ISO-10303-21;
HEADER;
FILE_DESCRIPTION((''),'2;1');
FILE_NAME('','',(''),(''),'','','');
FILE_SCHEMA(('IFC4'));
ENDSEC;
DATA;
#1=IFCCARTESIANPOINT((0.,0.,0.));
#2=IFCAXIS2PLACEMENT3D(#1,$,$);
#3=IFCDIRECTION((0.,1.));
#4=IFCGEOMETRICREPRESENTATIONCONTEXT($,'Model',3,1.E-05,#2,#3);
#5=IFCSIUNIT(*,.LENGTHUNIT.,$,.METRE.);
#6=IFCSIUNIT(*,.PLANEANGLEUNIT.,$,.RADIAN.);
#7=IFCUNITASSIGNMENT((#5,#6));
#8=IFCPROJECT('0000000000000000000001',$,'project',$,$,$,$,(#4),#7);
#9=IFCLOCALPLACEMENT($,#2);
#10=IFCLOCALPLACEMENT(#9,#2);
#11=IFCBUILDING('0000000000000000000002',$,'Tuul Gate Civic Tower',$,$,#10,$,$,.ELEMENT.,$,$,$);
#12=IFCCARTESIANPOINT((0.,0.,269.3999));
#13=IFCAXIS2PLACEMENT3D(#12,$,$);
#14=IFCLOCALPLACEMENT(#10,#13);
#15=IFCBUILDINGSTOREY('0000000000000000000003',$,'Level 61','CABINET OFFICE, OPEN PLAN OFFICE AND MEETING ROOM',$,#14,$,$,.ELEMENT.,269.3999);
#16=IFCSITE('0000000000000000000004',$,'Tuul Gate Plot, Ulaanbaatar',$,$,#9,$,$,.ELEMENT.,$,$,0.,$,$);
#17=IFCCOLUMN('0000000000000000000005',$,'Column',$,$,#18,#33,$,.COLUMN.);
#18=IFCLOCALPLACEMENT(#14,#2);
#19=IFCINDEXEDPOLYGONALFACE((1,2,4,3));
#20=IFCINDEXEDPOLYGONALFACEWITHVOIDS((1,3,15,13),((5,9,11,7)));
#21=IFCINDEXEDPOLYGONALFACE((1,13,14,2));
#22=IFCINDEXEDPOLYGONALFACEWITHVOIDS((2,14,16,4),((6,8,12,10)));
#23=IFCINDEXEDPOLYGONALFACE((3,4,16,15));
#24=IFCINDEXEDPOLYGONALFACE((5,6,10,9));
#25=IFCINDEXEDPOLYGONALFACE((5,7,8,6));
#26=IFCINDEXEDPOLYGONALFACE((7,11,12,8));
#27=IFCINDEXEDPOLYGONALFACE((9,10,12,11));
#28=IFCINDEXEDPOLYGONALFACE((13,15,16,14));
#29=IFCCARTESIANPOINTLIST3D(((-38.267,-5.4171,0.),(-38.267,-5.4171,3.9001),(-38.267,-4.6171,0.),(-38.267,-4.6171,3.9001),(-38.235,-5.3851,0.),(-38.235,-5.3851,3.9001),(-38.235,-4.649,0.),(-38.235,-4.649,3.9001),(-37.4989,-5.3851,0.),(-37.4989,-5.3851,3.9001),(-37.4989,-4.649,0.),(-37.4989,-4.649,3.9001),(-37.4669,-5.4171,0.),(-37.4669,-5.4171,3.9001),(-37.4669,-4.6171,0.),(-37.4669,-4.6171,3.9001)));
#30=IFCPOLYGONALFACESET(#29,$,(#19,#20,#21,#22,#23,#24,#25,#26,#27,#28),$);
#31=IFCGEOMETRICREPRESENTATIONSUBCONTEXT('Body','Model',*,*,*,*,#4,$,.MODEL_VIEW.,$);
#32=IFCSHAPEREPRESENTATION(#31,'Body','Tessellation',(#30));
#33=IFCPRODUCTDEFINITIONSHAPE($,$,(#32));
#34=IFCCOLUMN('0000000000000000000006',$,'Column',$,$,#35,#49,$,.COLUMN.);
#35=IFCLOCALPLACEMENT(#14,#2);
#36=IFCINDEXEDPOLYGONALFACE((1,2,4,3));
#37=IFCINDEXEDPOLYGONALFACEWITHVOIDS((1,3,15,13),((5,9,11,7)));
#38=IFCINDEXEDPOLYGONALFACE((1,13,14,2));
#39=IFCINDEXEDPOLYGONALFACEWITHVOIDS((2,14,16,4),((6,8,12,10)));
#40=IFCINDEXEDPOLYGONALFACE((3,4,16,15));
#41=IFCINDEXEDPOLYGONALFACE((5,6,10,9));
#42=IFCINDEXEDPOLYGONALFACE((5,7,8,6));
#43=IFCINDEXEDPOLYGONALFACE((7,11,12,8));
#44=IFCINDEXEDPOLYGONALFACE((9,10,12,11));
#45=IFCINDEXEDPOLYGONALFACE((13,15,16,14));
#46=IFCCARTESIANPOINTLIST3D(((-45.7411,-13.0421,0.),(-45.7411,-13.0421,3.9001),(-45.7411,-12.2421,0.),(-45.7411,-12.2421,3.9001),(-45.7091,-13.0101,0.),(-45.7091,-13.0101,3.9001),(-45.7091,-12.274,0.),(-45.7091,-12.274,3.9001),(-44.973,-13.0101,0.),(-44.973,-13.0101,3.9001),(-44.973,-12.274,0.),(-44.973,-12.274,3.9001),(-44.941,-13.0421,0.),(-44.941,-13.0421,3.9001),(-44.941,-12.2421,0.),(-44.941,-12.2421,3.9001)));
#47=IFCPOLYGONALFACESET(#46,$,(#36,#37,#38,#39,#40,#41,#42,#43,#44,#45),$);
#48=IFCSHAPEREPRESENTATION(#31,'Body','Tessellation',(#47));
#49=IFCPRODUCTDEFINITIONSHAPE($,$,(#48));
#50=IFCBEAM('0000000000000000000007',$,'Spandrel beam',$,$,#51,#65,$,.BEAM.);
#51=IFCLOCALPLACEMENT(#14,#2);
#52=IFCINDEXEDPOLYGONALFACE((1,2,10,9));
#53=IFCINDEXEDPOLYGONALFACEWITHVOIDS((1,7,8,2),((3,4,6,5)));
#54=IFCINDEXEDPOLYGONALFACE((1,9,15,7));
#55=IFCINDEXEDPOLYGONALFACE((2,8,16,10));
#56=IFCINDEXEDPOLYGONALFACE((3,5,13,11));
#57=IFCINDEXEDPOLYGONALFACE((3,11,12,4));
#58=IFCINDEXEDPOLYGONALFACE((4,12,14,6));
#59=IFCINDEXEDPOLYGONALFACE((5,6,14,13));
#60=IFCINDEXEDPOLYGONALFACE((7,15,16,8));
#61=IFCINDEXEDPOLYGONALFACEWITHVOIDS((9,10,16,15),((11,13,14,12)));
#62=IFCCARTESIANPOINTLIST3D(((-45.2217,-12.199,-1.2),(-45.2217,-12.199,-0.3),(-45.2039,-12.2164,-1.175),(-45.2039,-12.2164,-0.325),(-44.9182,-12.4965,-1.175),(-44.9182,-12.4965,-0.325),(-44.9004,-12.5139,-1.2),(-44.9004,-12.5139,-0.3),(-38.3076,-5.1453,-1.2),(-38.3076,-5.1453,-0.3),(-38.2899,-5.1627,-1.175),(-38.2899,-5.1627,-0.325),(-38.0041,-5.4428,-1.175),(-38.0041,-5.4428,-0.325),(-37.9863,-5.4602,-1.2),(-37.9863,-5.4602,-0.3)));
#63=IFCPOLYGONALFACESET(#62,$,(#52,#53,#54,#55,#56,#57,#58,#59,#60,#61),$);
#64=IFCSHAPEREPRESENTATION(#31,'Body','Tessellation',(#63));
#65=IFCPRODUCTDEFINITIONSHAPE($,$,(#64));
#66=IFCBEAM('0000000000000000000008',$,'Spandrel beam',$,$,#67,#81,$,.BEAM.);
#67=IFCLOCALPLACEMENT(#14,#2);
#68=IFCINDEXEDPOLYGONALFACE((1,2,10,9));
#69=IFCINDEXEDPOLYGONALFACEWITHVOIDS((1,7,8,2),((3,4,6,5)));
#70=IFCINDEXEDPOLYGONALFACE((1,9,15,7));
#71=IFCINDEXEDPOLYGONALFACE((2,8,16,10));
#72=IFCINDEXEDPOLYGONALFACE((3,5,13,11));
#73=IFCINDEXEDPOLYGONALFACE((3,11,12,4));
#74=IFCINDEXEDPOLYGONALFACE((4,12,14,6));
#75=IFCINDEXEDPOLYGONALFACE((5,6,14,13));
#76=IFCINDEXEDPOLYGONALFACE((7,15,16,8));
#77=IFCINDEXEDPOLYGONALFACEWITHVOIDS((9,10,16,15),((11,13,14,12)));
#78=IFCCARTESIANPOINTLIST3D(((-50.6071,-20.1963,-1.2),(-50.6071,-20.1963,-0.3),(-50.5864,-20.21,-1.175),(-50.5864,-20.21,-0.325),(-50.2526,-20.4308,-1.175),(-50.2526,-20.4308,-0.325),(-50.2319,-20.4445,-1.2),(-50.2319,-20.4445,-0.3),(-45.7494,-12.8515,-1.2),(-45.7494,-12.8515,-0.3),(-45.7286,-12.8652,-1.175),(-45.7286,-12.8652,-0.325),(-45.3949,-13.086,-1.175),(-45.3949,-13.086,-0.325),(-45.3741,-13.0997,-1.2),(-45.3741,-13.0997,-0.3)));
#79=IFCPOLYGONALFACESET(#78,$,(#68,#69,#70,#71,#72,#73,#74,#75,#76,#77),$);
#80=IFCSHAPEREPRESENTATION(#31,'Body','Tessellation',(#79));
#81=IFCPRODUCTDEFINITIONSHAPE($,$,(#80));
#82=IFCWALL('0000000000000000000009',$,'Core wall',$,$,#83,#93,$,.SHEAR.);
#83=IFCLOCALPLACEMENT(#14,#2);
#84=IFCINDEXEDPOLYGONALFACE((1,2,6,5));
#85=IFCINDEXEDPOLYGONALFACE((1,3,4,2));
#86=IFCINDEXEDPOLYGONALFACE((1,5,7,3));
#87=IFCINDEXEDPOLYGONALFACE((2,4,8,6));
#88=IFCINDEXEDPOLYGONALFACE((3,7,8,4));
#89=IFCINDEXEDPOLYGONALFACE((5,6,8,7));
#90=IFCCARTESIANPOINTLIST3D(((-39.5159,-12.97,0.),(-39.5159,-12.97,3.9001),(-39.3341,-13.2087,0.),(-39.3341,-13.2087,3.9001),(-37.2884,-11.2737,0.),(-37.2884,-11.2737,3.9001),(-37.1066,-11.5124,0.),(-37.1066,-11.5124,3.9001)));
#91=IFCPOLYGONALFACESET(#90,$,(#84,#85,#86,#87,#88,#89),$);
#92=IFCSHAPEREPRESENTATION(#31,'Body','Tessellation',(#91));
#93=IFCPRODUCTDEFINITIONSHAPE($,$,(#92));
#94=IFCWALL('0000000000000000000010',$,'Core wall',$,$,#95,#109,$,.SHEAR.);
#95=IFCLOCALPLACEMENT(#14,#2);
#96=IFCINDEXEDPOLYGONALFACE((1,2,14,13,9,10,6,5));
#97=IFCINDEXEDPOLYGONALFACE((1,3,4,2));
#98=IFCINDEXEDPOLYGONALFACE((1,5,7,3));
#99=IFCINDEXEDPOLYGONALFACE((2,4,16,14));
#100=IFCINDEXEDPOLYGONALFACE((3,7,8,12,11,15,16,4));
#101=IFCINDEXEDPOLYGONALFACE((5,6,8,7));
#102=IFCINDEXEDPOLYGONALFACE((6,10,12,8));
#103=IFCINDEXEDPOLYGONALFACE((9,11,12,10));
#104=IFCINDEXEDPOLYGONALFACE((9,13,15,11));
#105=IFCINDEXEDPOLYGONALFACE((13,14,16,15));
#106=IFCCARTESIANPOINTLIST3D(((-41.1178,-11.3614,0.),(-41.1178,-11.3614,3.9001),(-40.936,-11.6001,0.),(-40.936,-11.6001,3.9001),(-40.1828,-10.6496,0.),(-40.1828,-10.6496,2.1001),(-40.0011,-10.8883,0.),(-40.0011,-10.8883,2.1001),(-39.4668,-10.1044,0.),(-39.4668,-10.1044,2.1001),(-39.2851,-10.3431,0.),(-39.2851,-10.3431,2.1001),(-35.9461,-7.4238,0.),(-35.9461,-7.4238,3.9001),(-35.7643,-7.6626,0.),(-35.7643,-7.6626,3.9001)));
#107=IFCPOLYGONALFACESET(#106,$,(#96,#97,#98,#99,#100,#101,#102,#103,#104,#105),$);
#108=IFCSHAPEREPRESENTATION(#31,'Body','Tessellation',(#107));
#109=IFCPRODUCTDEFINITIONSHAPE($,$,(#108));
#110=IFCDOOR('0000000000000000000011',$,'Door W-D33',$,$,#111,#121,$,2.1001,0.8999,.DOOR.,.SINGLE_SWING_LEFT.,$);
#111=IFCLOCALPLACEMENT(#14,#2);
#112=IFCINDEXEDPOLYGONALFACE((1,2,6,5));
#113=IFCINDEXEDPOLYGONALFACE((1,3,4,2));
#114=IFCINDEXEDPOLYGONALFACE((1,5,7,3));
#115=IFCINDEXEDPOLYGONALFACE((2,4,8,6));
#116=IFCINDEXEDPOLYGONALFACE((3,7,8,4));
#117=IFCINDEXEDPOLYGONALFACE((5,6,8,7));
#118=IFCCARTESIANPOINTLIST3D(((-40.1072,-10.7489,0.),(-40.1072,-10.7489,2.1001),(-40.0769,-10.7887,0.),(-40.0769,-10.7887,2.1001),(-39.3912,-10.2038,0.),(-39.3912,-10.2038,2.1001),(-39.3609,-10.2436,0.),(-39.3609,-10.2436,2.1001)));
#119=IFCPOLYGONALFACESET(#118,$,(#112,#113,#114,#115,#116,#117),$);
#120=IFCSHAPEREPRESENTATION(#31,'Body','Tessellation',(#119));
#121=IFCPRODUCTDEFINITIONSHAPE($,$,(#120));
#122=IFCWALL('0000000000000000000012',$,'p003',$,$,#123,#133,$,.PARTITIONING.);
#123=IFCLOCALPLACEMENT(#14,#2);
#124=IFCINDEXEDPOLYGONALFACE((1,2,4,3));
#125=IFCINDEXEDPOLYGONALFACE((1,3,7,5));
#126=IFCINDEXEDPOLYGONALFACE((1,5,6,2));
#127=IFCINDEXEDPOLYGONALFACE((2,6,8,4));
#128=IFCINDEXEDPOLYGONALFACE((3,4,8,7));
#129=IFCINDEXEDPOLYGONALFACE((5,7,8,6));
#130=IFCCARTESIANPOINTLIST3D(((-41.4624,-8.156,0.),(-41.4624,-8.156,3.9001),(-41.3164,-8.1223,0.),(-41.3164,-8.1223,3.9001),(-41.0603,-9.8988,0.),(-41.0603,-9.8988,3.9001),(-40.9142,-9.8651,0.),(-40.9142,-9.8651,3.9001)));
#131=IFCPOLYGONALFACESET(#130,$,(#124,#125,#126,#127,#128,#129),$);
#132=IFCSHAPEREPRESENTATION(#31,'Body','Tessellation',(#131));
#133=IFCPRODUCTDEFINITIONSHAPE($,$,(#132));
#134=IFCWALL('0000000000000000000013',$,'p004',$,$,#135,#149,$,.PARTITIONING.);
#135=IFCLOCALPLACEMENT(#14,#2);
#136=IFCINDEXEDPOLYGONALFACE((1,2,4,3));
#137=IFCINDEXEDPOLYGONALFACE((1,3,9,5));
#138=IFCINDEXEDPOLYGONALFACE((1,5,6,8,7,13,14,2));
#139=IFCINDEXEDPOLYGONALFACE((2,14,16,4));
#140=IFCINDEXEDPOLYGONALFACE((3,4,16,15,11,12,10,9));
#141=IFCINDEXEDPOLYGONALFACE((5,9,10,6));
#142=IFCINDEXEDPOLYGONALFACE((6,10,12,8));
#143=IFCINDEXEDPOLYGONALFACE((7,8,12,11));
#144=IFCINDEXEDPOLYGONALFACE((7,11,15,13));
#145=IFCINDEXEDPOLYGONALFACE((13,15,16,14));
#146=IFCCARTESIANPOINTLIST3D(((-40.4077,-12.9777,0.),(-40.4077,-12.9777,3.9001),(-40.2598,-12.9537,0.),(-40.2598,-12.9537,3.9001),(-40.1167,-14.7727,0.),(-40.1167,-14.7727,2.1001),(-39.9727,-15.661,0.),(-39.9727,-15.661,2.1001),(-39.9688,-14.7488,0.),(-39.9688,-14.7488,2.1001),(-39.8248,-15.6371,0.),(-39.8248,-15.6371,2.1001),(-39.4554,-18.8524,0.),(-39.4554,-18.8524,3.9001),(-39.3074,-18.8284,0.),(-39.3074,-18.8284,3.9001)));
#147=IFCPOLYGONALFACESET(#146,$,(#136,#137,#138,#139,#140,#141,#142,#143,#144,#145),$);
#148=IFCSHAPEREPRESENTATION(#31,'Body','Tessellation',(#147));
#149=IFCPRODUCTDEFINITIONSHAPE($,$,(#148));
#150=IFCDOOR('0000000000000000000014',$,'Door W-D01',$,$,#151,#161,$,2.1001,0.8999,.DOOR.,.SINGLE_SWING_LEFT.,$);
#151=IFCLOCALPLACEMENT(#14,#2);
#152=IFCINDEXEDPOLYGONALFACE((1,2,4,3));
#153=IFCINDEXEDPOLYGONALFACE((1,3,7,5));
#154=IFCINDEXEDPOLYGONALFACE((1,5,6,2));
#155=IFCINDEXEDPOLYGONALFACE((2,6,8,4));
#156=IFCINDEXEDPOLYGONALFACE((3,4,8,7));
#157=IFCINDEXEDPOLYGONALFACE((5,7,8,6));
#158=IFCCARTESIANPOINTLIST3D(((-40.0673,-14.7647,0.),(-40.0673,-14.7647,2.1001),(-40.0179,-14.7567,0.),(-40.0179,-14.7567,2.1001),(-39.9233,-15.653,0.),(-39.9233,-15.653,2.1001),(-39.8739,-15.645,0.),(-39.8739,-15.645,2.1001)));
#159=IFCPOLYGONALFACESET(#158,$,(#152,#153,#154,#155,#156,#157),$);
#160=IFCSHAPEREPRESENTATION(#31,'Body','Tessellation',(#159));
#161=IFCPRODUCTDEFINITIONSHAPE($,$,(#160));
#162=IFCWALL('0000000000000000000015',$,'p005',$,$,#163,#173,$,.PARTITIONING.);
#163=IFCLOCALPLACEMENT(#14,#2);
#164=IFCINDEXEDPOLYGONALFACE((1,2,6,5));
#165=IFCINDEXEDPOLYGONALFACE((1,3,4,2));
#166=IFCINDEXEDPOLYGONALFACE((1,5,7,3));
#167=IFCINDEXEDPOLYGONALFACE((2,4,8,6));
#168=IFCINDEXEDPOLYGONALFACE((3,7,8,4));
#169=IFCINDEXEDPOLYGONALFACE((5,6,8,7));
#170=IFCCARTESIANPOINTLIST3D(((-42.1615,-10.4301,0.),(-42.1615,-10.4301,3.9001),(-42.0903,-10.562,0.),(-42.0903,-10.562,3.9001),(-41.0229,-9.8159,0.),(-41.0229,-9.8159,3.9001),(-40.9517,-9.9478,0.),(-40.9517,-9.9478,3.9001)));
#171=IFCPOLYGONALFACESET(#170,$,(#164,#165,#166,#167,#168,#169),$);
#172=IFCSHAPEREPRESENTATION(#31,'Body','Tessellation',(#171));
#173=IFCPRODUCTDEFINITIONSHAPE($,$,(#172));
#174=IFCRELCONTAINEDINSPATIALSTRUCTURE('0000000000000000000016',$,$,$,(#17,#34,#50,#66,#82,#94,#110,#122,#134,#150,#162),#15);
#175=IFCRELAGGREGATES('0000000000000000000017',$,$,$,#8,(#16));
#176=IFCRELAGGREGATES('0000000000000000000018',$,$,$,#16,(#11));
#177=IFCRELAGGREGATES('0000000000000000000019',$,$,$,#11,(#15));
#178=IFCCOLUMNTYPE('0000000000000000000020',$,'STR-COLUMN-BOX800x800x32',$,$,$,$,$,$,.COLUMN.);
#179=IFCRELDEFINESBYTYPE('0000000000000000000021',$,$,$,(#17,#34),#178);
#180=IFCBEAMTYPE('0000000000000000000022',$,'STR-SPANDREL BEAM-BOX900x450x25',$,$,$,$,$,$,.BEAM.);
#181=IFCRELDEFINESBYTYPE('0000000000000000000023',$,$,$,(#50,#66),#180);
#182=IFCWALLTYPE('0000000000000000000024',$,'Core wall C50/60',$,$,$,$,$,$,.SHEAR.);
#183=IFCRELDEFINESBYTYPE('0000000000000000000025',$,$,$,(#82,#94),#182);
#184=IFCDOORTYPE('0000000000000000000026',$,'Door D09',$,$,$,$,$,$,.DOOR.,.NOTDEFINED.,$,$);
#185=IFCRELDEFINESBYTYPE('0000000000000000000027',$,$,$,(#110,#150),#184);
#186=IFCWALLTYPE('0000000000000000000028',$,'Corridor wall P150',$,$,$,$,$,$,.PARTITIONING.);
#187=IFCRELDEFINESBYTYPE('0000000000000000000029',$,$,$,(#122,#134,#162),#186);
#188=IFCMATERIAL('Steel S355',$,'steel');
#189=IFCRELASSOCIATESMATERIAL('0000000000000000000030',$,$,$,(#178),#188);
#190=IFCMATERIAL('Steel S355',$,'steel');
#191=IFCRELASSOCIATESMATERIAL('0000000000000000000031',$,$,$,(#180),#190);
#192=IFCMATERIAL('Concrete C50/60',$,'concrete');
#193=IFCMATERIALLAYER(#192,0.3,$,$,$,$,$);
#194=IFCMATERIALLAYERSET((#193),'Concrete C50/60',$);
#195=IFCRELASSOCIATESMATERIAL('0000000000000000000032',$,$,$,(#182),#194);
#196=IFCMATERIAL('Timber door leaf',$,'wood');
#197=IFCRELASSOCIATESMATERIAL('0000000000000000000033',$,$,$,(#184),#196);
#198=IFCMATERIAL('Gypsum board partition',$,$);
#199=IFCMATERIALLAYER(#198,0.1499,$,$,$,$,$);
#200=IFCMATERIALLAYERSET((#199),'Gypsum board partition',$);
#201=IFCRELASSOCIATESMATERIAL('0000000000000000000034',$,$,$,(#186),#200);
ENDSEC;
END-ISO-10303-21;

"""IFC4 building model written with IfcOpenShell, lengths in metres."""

from ifc_helpers import new_model, si_unit, direction, frame, frame_2d, origin, origin_2d, place, context, subcontext, project, spatial, rectangle, hollow_rectangle, extrude, material, layer, layer_set, material_profile, profile_set, type_object, element, fill, save


model = new_model("IFC4")

# Units and contexts
model_context = context("Model", 3, precision=1e-05, world=origin(), true_north=direction((0.0, 1.0)))
body_context = subcontext(model_context, "Body", "Model", "MODEL_VIEW")
ifc_project = project(units=[si_unit("LENGTHUNIT", "METRE"), si_unit("PLANEANGLEUNIT", "RADIAN")], contexts=[model_context])

# Site, building, storey
site_placement = place(None, origin())
site = spatial("IfcSite", under=ifc_project, at=site_placement, Name="Tuul Gate Plot, Ulaanbaatar", CompositionType="ELEMENT", RefElevation=0.0)
building_placement = place(site_placement, origin())
building = spatial("IfcBuilding", under=site, at=building_placement, Name="Tuul Gate Civic Tower", CompositionType="ELEMENT")
storey_placement = place(building_placement, frame((0.0, 0.0, 269.3999)))
storey = spatial("IfcBuildingStorey", under=building, at=storey_placement, Name="Level 61", Description="CABINET OFFICE, OPEN PLAN OFFICE AND MEETING ROOM", CompositionType="ELEMENT", Elevation=269.3999)

# Columns
ifc_material_1 = material(Name="Steel S355", Category="steel")
ifc_material_profile_1 = material_profile(ifc_material_1, hollow_rectangle(XDim=0.8, YDim=0.8, WallThickness=0.032, at=origin_2d()), Name="BOX800x800x32")
ifc_profile_set_1 = profile_set([ifc_material_profile_1], Name="Steel S355")
column_type = type_object("IfcColumnType", Name="STR-COLUMN-BOX800x800x32", PredefinedType="COLUMN", material=ifc_profile_set_1)
for number, where, z_axis, x_axis, name in (
    (1, (-37.8669, -5.0171, 0.0), (0.0, 0.0, 1.0), (1.0, 0.0, 0.0), "Column"),
    (2, (-45.3411, -12.6421, 0.0), (0.0, 0.0, 1.0), (1.0, 0.0, 0.0), "Column"),
):
    element("IfcColumn", number, at=place(storey_placement, frame(where, z_axis=z_axis, x_axis=x_axis)), inside=storey, type_object=column_type, Name=name, PredefinedType="COLUMN", context=body_context, shape_type="SweptSolid", body=[
        extrude(hollow_rectangle(XDim=0.8, YDim=0.8, WallThickness=0.032, at=origin_2d()), origin(), (0.0, 0.0, 1.0), 3.9001),
    ])

# Beams
ifc_material_2 = material(Name="Steel S355", Category="steel")
ifc_material_profile_2 = material_profile(ifc_material_2, hollow_rectangle(XDim=0.45, YDim=0.8999, WallThickness=0.0249, at=origin_2d()), Name="BOX900x450x25")
ifc_profile_set_2 = profile_set([ifc_material_profile_2], Name="Steel S355")
beam_type = type_object("IfcBeamType", Name="STR-SPANDREL BEAM-BOX900x450x25", PredefinedType="BEAM", material=ifc_profile_set_2)
beam_1_placement = place(storey_placement, frame((-38.147, -5.3027, -0.75), z_axis=(-0.700002, -0.714141, 0.0), x_axis=(0.714141, -0.700002, 0.0)))
element("IfcBeam", 3, at=beam_1_placement, inside=storey, type_object=beam_type, Name="Spandrel beam", PredefinedType="BEAM", context=body_context, shape_type="SweptSolid", body=[
    extrude(hollow_rectangle(XDim=0.45, YDim=0.8999, WallThickness=0.0249, at=origin_2d()), origin(), (0.0, 0.0, 1.0), 9.8772),
])
beam_2_placement = place(storey_placement, frame((-45.5618, -12.9756, -0.75), z_axis=(-0.551645, -0.834079, 0.0), x_axis=(0.834079, -0.551645, 0.0)))
element("IfcBeam", 4, at=beam_2_placement, inside=storey, type_object=beam_type, Name="Spandrel beam", PredefinedType="BEAM", context=body_context, shape_type="SweptSolid", body=[
    extrude(hollow_rectangle(XDim=0.45, YDim=0.8999, WallThickness=0.0249, at=origin_2d()), origin(), (0.0, 0.0, 1.0), 8.8059),
])

# Wall
ifc_material_3 = material(Name="Concrete C50/60", Category="concrete")
ifc_layer_1 = layer(ifc_material_3, 0.3)
ifc_layer_set_1 = layer_set([ifc_layer_1], Name="Concrete C50/60")
wall_type_1 = type_object("IfcWallType", Name="Core wall C50/60", PredefinedType="SHEAR", material=ifc_layer_set_1)
wall_1_placement = place(storey_placement, frame((-37.1975, -11.3931, 0.0), z_axis=(0.0, 0.0, 1.0), x_axis=(-0.795584, -0.605844, 0.0)))
element("IfcWall", 5, at=wall_1_placement, inside=storey, type_object=wall_type_1, Name="Core wall", PredefinedType="SHEAR", context=body_context, shape_type="SweptSolid", body=[
    extrude(rectangle(XDim=2.7998, YDim=0.3, at=frame_2d((1.3999, 0.0))), origin(), (0.0, 0.0, 1.0), 3.9001),
])

# Wall, opening, door
wall_2_placement = place(storey_placement, frame((-35.8552, -7.5432, 0.0), z_axis=(0.0, 0.0, 1.0), x_axis=(-0.795639, -0.605772, 0.0)))
wall_2 = element("IfcWall", 6, at=wall_2_placement, inside=storey, type_object=wall_type_1, Name="Core wall", PredefinedType="SHEAR", context=body_context, shape_type="SweptSolid", body=[
    extrude(rectangle(XDim=6.5, YDim=0.3, at=frame_2d((3.25, 0.0))), origin(), (0.0, 0.0, 1.0), 3.9001),
])
opening_1_placement = place(wall_2_placement, frame((4.425, 0.0, 0.0)))
opening_1 = element("IfcOpeningElement", 7, at=opening_1_placement, cuts=wall_2, PredefinedType="OPENING", context=body_context, shape_type="SweptSolid", body=[
    extrude(rectangle(XDim=0.8999, YDim=2.1001, at=frame_2d((0.45, 1.05))), frame((0.0, 0.1602, 0.0), z_axis=(0.0, -1.0, 0.0), x_axis=(1.0, 0.0, 0.0)), (0.0, 0.0, 1.0), 0.3201),
])
ifc_material_4 = material(Name="Timber door leaf", Category="wood")
door_type = type_object("IfcDoorType", Name="Door D09", OperationType="NOTDEFINED", PredefinedType="DOOR", material=ifc_material_4)
door_1_placement = place(opening_1_placement, origin())
door_1 = element("IfcDoor", 8, at=door_1_placement, inside=storey, type_object=door_type, Name="Door W-D33", OperationType="SINGLE_SWING_LEFT", OverallHeight=2.1001, OverallWidth=0.8999, PredefinedType="DOOR", context=body_context, shape_type="SweptSolid", body=[
    extrude(rectangle(XDim=0.8999, YDim=2.1001, at=frame_2d((0.45, 1.05))), frame((0.0, 0.0249, 0.0), z_axis=(0.0, -1.0, 0.0), x_axis=(1.0, 0.0, 0.0)), (0.0, 0.0, 1.0), 0.05),
])
fill(opening_1, door_1)

# Wall
ifc_material_5 = material(Name="Gypsum board partition")
ifc_layer_2 = layer(ifc_material_5, 0.1499)
ifc_layer_set_2 = layer_set([ifc_layer_2], Name="Gypsum board partition")
wall_type_2 = type_object("IfcWallType", Name="Corridor wall P150", PredefinedType="PARTITIONING", material=ifc_layer_set_2)
wall_3_placement = place(storey_placement, frame((-41.3894, -8.1392, 0.0), z_axis=(0.0, 0.0, 1.0), x_axis=(0.22483, -0.974398, 0.0)))
element("IfcWall", 9, at=wall_3_placement, inside=storey, type_object=wall_type_2, Name="p003", PredefinedType="PARTITIONING", context=body_context, shape_type="SweptSolid", body=[
    extrude(rectangle(XDim=1.7886, YDim=0.1499, at=frame_2d((0.8943, 0.0))), origin(), (0.0, 0.0, 1.0), 3.9001),
])

# Wall, opening, door
wall_4_placement = place(storey_placement, frame((-40.3337, -12.9658, 0.0), z_axis=(0.0, 0.0, 1.0), x_axis=(0.160027, -0.987113, 0.0)))
wall_4 = element("IfcWall", 10, at=wall_4_placement, inside=storey, type_object=wall_type_2, Name="p004", PredefinedType="PARTITIONING", context=body_context, shape_type="SweptSolid", body=[
    extrude(rectangle(XDim=5.9514, YDim=0.1499, at=frame_2d((2.9756, 0.0))), origin(), (0.0, 0.0, 1.0), 3.9001),
])
opening_2_placement = place(wall_4_placement, frame((1.8184, 0.0, 0.0)))
opening_2 = element("IfcOpeningElement", 11, at=opening_2_placement, cuts=wall_4, PredefinedType="OPENING", context=body_context, shape_type="SweptSolid", body=[
    extrude(rectangle(XDim=0.8999, YDim=2.1001, at=frame_2d((0.45, 1.05))), frame((0.0, 0.085, 0.0), z_axis=(0.0, -1.0, 0.0), x_axis=(1.0, 0.0, 0.0)), (0.0, 0.0, 1.0), 0.1699),
])
door_2_placement = place(opening_2_placement, frame((0.8999, 0.0, 0.0), z_axis=(0.0, 0.0, 1.0), x_axis=(-1.0, 0.0, 0.0)))
door_2 = element("IfcDoor", 12, at=door_2_placement, inside=storey, type_object=door_type, Name="Door W-D01", OperationType="SINGLE_SWING_LEFT", OverallHeight=2.1001, OverallWidth=0.8999, PredefinedType="DOOR", context=body_context, shape_type="SweptSolid", body=[
    extrude(rectangle(XDim=0.8999, YDim=2.1001, at=frame_2d((0.45, 1.05))), frame((0.0, 0.0249, 0.0), z_axis=(0.0, -1.0, 0.0), x_axis=(1.0, 0.0, 0.0)), (0.0, 0.0, 1.0), 0.05),
])
fill(opening_2, door_2)

# Wall
wall_5_placement = place(storey_placement, frame((-42.126, -10.4961, 0.0), z_axis=(0.0, 0.0, 1.0), x_axis=(0.880107, 0.474775, 0.0)))
element("IfcWall", 13, at=wall_5_placement, inside=storey, type_object=wall_type_2, Name="p005", PredefinedType="PARTITIONING", context=body_context, shape_type="SweptSolid", body=[
    extrude(rectangle(XDim=1.2937, YDim=0.1499, at=frame_2d((0.647, 0.0))), origin(), (0.0, 0.0, 1.0), 3.9001),
])

save(model, "model.ifc")
